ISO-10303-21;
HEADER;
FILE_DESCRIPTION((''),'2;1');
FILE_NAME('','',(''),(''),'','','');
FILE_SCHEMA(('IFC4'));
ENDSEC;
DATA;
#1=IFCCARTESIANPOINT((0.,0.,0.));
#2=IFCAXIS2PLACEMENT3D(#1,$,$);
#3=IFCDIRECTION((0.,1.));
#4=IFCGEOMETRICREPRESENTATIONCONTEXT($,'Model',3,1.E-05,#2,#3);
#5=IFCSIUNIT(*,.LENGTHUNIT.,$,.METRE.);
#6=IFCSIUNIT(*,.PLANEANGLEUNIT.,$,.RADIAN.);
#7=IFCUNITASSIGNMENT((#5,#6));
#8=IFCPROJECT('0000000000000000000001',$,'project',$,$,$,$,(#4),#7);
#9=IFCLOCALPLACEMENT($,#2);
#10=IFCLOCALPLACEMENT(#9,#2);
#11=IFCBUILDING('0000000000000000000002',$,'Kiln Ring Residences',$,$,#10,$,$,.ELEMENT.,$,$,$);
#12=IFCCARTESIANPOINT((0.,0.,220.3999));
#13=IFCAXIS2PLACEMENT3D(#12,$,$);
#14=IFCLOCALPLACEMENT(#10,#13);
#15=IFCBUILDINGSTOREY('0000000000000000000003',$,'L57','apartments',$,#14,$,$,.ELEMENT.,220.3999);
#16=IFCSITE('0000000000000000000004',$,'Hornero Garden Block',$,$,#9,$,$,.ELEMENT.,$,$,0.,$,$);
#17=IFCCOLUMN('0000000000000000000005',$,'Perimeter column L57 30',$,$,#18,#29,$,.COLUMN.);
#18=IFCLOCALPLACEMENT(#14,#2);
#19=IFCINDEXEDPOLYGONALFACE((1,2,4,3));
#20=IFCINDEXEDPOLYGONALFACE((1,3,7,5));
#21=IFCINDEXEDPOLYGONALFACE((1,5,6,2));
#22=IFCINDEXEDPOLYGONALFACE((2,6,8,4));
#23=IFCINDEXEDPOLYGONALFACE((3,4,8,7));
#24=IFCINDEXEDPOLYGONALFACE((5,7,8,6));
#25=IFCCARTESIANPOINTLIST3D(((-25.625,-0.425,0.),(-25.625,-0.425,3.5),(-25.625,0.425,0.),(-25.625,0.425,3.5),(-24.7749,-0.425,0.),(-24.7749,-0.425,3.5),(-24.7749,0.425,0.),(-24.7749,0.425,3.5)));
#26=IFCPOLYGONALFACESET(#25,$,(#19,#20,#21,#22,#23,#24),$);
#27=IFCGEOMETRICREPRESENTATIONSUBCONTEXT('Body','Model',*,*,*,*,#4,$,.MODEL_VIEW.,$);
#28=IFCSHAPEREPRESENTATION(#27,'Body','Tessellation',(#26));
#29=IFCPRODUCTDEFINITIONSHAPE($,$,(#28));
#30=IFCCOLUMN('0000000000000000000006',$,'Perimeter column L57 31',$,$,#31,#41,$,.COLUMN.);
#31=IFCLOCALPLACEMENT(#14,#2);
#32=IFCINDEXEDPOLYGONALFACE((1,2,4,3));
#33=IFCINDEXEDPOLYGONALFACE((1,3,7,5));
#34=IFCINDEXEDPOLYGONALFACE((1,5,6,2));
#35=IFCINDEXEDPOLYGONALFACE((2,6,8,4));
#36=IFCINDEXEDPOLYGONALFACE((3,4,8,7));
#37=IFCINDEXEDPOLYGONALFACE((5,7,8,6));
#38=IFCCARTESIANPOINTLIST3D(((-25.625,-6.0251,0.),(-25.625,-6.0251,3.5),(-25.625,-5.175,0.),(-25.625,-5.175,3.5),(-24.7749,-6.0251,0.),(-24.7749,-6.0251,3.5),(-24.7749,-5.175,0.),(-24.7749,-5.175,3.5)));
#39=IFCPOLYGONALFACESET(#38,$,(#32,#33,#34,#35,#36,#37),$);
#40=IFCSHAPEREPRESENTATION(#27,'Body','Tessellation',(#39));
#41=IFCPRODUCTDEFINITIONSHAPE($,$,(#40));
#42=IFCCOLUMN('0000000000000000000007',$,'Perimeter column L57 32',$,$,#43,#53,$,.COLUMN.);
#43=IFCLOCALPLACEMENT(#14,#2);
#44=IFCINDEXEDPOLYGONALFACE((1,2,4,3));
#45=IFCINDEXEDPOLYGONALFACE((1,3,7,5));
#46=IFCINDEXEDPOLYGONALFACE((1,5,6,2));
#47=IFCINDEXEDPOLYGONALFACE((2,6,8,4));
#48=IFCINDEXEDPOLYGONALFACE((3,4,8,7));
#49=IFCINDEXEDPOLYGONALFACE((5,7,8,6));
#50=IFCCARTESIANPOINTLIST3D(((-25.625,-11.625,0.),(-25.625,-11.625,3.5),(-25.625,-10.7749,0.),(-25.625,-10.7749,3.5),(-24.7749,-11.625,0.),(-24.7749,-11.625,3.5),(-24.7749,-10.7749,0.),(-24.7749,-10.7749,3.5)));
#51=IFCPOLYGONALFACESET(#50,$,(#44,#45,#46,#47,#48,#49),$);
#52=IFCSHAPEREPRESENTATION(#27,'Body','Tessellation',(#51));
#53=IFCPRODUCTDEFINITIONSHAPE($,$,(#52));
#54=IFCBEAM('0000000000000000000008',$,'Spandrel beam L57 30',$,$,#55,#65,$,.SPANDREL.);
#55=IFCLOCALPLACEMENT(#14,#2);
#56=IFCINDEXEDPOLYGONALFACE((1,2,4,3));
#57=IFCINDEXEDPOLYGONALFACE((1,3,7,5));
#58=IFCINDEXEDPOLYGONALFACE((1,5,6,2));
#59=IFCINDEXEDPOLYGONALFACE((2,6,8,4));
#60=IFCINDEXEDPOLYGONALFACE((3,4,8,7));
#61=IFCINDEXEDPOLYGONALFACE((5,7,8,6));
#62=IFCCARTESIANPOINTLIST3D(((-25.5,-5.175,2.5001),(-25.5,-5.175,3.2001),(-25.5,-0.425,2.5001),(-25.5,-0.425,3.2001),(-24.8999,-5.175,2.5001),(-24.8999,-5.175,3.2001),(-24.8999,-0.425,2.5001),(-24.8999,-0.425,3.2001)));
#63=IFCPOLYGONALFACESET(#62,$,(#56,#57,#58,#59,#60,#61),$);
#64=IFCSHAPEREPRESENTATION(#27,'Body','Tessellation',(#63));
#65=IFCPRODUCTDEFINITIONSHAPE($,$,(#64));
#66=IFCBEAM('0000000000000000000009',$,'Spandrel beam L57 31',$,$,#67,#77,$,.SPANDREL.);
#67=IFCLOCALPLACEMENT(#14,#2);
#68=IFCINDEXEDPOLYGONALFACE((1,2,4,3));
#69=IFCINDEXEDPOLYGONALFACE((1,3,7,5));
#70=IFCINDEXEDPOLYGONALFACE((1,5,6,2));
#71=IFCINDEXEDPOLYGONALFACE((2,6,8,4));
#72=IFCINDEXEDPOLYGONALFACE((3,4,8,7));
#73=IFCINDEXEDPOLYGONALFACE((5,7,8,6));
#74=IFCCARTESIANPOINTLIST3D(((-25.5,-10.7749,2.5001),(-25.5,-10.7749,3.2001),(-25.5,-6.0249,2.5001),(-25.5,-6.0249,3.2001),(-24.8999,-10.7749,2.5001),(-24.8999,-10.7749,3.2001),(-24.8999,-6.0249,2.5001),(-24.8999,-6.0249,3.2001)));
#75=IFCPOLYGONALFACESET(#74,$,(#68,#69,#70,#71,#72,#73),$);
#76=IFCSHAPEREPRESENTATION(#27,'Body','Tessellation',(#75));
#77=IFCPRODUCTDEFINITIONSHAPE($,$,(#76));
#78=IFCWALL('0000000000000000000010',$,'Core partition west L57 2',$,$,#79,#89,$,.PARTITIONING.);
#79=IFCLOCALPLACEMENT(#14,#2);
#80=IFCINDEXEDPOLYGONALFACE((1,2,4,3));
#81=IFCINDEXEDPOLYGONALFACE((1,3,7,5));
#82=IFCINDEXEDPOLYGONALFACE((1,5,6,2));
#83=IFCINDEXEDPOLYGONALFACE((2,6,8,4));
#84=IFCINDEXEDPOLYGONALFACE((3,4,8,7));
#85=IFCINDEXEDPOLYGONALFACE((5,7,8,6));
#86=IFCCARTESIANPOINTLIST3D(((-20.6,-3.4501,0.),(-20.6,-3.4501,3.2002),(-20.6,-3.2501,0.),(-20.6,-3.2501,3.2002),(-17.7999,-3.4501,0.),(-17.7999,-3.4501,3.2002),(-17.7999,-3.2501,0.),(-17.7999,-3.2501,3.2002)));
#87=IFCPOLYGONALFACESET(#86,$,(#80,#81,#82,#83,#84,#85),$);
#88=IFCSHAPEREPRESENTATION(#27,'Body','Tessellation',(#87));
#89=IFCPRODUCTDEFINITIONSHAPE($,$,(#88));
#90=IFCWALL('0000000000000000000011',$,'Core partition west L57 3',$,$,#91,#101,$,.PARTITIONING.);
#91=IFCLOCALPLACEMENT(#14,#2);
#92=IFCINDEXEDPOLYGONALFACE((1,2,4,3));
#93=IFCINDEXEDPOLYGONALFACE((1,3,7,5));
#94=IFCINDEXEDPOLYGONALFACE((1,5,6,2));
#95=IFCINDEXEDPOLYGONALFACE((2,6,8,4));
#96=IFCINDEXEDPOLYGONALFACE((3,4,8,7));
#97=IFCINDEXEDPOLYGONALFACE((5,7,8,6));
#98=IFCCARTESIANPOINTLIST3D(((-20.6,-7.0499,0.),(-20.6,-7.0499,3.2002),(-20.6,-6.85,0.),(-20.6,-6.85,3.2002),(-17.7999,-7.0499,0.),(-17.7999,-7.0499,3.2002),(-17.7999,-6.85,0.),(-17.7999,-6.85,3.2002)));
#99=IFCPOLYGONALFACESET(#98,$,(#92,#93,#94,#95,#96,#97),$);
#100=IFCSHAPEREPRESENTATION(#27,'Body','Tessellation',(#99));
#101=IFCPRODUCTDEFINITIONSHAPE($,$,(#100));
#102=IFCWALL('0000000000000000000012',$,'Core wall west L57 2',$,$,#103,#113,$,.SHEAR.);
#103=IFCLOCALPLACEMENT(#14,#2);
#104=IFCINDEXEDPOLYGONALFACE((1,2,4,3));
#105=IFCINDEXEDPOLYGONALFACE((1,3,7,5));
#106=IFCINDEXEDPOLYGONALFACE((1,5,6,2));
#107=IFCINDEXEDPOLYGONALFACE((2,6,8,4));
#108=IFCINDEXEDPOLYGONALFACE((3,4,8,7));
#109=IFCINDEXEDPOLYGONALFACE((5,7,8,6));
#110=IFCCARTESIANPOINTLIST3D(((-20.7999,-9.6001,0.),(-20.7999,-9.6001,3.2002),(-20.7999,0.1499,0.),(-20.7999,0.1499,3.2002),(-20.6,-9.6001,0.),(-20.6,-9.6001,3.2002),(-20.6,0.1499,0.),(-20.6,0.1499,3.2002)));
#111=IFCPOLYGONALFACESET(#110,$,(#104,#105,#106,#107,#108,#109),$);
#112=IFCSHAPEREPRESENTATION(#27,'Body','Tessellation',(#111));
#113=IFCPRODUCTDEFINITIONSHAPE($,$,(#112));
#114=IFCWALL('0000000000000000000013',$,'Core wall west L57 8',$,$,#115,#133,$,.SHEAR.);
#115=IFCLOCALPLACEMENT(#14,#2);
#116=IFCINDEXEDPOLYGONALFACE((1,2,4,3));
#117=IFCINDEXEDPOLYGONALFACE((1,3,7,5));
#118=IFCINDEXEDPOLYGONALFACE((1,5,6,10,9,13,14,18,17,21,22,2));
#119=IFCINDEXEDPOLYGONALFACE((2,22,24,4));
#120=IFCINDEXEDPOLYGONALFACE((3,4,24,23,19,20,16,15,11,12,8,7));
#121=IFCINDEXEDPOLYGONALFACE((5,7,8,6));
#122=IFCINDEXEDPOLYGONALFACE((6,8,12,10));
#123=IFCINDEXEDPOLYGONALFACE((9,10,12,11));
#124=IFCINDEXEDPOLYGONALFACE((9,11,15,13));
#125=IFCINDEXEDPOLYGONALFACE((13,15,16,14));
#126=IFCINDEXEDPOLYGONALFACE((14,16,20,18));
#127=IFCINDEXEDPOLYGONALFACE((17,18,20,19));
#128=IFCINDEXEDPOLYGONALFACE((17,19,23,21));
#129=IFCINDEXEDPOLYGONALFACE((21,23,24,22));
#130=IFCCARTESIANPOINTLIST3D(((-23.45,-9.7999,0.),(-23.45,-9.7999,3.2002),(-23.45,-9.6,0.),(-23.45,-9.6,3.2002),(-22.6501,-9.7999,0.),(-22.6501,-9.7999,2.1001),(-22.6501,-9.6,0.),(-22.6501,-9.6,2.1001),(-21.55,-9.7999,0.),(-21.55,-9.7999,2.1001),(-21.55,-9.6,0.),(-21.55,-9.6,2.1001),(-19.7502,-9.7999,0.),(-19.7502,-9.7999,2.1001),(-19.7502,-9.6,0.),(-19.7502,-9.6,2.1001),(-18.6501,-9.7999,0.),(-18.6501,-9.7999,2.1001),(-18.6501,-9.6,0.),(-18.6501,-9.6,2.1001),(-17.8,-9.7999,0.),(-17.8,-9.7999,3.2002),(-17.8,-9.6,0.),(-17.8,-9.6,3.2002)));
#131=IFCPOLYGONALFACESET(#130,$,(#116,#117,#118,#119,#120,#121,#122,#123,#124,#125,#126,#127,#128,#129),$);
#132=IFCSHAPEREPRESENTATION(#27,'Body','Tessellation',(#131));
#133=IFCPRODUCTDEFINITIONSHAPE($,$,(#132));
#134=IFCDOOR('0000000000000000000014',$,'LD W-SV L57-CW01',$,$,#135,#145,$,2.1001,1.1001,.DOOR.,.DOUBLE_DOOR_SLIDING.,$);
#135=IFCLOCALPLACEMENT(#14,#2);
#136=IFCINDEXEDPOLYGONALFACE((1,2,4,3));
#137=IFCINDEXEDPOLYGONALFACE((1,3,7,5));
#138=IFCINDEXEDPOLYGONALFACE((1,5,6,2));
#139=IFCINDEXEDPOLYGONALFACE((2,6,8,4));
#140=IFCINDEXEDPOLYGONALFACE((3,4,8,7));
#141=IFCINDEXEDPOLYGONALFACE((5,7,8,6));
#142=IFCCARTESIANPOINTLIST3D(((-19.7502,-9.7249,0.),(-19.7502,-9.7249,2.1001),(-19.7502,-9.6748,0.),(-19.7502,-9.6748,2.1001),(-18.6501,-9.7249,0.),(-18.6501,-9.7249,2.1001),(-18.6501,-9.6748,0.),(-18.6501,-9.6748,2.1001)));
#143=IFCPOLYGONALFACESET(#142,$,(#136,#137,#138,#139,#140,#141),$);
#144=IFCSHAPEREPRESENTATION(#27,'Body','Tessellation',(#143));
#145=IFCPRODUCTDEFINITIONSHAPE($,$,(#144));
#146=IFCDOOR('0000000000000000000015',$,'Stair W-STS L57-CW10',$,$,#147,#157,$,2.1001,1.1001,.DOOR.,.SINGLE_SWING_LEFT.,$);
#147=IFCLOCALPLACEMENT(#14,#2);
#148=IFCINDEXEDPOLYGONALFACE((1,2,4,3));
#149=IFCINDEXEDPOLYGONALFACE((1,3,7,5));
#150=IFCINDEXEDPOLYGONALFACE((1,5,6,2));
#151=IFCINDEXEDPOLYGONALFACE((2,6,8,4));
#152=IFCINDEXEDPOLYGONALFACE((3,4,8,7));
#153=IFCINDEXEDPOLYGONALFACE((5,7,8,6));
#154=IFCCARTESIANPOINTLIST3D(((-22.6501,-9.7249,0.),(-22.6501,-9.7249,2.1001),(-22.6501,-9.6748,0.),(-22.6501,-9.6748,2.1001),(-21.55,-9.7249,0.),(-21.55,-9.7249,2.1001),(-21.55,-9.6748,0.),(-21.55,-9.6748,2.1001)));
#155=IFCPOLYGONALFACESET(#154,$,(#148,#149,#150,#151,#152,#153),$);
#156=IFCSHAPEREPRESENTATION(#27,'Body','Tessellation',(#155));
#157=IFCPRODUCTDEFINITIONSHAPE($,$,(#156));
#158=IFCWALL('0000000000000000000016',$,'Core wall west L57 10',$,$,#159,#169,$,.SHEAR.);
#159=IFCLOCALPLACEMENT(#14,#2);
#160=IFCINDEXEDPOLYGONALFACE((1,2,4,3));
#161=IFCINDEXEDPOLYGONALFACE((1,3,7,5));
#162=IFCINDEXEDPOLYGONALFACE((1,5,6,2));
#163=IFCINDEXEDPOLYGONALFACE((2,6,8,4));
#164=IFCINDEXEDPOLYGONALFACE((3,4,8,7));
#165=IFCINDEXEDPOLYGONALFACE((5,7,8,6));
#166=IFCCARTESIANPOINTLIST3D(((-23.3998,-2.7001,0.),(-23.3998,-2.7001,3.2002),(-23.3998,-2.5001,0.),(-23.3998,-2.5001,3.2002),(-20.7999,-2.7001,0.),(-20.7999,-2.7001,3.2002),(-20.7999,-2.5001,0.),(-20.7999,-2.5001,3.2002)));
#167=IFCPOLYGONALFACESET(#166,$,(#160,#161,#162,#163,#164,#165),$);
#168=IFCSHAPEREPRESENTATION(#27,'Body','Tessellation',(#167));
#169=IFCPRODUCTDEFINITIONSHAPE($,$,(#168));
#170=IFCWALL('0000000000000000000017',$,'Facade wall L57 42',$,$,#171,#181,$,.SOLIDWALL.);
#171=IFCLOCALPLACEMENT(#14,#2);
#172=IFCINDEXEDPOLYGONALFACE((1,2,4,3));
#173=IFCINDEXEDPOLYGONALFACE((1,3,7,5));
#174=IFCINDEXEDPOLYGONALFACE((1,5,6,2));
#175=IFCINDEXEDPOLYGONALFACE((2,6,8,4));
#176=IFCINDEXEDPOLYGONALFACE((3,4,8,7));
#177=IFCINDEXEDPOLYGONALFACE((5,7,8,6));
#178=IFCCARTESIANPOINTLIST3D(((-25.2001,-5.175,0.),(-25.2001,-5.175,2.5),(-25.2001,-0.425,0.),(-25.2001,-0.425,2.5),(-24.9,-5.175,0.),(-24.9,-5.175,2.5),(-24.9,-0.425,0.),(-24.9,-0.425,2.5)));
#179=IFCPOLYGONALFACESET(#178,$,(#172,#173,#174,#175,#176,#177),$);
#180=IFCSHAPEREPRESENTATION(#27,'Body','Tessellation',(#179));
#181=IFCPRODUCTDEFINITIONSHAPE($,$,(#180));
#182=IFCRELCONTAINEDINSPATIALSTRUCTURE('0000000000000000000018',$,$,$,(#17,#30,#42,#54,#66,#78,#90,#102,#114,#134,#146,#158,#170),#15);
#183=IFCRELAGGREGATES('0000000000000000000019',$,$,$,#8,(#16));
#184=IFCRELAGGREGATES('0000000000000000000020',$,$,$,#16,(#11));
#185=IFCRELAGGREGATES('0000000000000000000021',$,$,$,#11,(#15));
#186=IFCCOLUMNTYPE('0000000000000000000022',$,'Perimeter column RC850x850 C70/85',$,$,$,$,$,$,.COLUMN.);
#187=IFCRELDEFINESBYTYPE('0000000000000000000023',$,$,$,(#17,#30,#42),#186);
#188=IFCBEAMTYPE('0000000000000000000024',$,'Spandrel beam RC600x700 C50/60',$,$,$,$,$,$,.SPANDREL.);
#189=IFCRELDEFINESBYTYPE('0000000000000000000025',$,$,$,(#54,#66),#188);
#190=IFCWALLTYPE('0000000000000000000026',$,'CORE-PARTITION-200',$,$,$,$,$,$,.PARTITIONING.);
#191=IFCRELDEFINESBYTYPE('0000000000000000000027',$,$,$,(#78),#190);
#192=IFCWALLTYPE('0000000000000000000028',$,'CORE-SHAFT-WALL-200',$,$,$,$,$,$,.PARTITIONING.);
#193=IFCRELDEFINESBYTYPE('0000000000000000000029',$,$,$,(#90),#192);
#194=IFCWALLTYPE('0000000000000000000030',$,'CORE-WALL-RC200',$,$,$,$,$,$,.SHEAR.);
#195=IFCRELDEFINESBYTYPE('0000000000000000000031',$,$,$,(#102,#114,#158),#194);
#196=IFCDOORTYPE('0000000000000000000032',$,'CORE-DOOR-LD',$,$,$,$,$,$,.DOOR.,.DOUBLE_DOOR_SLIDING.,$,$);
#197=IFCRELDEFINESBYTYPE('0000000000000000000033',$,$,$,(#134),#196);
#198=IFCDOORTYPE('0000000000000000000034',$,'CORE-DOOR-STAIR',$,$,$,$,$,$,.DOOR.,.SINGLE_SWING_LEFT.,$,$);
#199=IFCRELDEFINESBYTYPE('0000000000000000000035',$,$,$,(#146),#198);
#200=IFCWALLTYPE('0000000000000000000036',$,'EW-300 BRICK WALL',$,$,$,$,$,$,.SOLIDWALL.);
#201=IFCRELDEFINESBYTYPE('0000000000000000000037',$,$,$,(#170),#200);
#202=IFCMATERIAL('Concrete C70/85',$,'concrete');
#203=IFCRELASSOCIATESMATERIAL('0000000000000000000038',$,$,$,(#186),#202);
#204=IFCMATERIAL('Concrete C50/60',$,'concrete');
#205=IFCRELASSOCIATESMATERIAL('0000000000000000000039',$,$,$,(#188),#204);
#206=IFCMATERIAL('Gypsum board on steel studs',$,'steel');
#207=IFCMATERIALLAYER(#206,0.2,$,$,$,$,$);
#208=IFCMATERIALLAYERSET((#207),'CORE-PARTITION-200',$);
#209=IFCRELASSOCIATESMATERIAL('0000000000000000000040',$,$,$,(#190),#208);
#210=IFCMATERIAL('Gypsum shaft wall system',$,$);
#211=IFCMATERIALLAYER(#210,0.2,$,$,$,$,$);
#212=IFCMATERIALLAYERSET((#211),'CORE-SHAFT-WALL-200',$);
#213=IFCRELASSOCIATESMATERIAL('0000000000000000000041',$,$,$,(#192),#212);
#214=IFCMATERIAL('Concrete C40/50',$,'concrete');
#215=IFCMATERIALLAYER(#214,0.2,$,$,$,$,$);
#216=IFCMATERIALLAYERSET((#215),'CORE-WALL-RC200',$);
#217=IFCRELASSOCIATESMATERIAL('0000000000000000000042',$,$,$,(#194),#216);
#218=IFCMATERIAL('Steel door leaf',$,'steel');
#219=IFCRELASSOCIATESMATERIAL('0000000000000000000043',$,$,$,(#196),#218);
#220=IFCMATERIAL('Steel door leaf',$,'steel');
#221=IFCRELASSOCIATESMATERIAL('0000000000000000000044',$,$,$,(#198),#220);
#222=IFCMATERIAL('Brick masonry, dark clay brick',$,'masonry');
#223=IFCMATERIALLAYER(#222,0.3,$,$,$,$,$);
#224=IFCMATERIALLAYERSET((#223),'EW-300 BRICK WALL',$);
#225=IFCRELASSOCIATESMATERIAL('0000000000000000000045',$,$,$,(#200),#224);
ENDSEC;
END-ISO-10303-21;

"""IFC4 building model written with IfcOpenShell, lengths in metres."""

from ifc_helpers import new_model, si_unit, direction, frame, frame_2d, origin, origin_2d, place, context, subcontext, project, spatial, rectangle, extrude, material, layer, layer_set, material_profile, profile_set, type_object, element, fill, save


model = new_model("IFC4")

# Units and contexts
model_context = context("Model", 3, precision=1e-05, world=origin(), true_north=direction((0.0, 1.0)))
body_context = subcontext(model_context, "Body", "Model", "MODEL_VIEW")
ifc_project = project(units=[si_unit("LENGTHUNIT", "METRE"), si_unit("PLANEANGLEUNIT", "RADIAN")], contexts=[model_context])

# Site, building, storey
site_placement = place(None, origin())
site = spatial("IfcSite", under=ifc_project, at=site_placement, Name="Hornero Garden Block", CompositionType="ELEMENT", RefElevation=0.0)
building_placement = place(site_placement, origin())
building = spatial("IfcBuilding", under=site, at=building_placement, Name="Kiln Ring Residences", CompositionType="ELEMENT")
storey_placement = place(building_placement, frame((0.0, 0.0, 220.3999)))
storey = spatial("IfcBuildingStorey", under=building, at=storey_placement, Name="L57", Description="apartments", CompositionType="ELEMENT", Elevation=220.3999)

# Columns
ifc_material_1 = material(Name="Concrete C70/85", Category="concrete")
ifc_material_profile_1 = material_profile(ifc_material_1, rectangle(XDim=0.8501, YDim=0.8501, at=origin_2d()), Name="RC850x850")
ifc_profile_set_1 = profile_set([ifc_material_profile_1], Name="Concrete C70/85")
column_type = type_object("IfcColumnType", Name="Perimeter column RC850x850 C70/85", PredefinedType="COLUMN", material=ifc_profile_set_1)
for number, where, z_axis, x_axis, name in (
    (1, (-25.2, 0.0, 0.0), (0.0, 0.0, 1.0), (1.0, 0.0, 0.0), "Perimeter column L57 30"),
    (2, (-25.2, -5.6001, 0.0), (0.0, 0.0, 1.0), (1.0, 0.0, 0.0), "Perimeter column L57 31"),
    (3, (-25.2, -11.2, 0.0), (0.0, 0.0, 1.0), (1.0, 0.0, 0.0), "Perimeter column L57 32"),
):
    element("IfcColumn", number, at=place(storey_placement, frame(where, z_axis=z_axis, x_axis=x_axis)), inside=storey, type_object=column_type, Name=name, PredefinedType="COLUMN", context=body_context, shape_type="SweptSolid", body=[
        extrude(rectangle(XDim=0.8501, YDim=0.8501, at=origin_2d()), origin(), (0.0, 0.0, 1.0), 3.5),
    ])

# Beams
ifc_material_2 = material(Name="Concrete C50/60", Category="concrete")
ifc_material_profile_2 = material_profile(ifc_material_2, rectangle(XDim=0.6001, YDim=0.7, at=origin_2d()), Name="RC600x700")
ifc_profile_set_2 = profile_set([ifc_material_profile_2], Name="Concrete C50/60")
beam_type = type_object("IfcBeamType", Name="Spandrel beam RC600x700 C50/60", PredefinedType="SPANDREL", material=ifc_profile_set_2)
for number, where, z_axis, x_axis, name in (
    (4, (-25.2, -0.425, 2.8501), (0.0, -1.0, 0.0), (1.0, 0.0, 0.0), "Spandrel beam L57 30"),
    (5, (-25.2, -6.0249, 2.8501), (0.0, -1.0, 0.0), (1.0, 0.0, 0.0), "Spandrel beam L57 31"),
):
    element("IfcBeam", number, at=place(storey_placement, frame(where, z_axis=z_axis, x_axis=x_axis)), inside=storey, type_object=beam_type, Name=name, PredefinedType="SPANDREL", context=body_context, shape_type="SweptSolid", body=[
        extrude(rectangle(XDim=0.6001, YDim=0.7, at=origin_2d()), origin(), (0.0, 0.0, 1.0), 4.75),
    ])

# Walls
ifc_material_3 = material(Name="Gypsum board on steel studs", Category="steel")
ifc_layer_1 = layer(ifc_material_3, 0.2)
ifc_layer_set_1 = layer_set([ifc_layer_1], Name="CORE-PARTITION-200")
wall_type_1 = type_object("IfcWallType", Name="CORE-PARTITION-200", PredefinedType="PARTITIONING", material=ifc_layer_set_1)
wall_1_placement = place(storey_placement, frame((-17.8, -3.3501, 0.0), z_axis=(0.0, 0.0, 1.0), x_axis=(-1.0, 0.0, 0.0)))
element("IfcWall", 6, at=wall_1_placement, inside=storey, type_object=wall_type_1, Name="Core partition west L57 2", PredefinedType="PARTITIONING", context=body_context, shape_type="SweptSolid", body=[
    extrude(rectangle(XDim=2.8, YDim=0.2, at=frame_2d((1.3999, 0.0))), origin(), (0.0, 0.0, 1.0), 3.2002),
])
ifc_material_4 = material(Name="Gypsum shaft wall system")
ifc_layer_2 = layer(ifc_material_4, 0.2)
ifc_layer_set_2 = layer_set([ifc_layer_2], Name="CORE-SHAFT-WALL-200")
wall_type_2 = type_object("IfcWallType", Name="CORE-SHAFT-WALL-200", PredefinedType="PARTITIONING", material=ifc_layer_set_2)
wall_2_placement = place(storey_placement, frame((-17.8, -6.95, 0.0), z_axis=(0.0, 0.0, 1.0), x_axis=(-1.0, 0.0, 0.0)))
element("IfcWall", 7, at=wall_2_placement, inside=storey, type_object=wall_type_2, Name="Core partition west L57 3", PredefinedType="PARTITIONING", context=body_context, shape_type="SweptSolid", body=[
    extrude(rectangle(XDim=2.8, YDim=0.2, at=frame_2d((1.3999, 0.0))), origin(), (0.0, 0.0, 1.0), 3.2002),
])
ifc_material_5 = material(Name="Concrete C40/50", Category="concrete")
ifc_layer_3 = layer(ifc_material_5, 0.2)
ifc_layer_set_3 = layer_set([ifc_layer_3], Name="CORE-WALL-RC200")
wall_type_3 = type_object("IfcWallType", Name="CORE-WALL-RC200", PredefinedType="SHEAR", material=ifc_layer_set_3)
wall_3_placement = place(storey_placement, frame((-20.7, -9.6001, 0.0), z_axis=(0.0, 0.0, 1.0), x_axis=(0.0, 1.0, 0.0)))
element("IfcWall", 8, at=wall_3_placement, inside=storey, type_object=wall_type_3, Name="Core wall west L57 2", PredefinedType="SHEAR", context=body_context, shape_type="SweptSolid", body=[
    extrude(rectangle(XDim=9.75, YDim=0.2, at=frame_2d((4.875, 0.0))), origin(), (0.0, 0.0, 1.0), 3.2002),
])

# Wall, openings, doors
wall_4_placement = place(storey_placement, frame((-17.8, -9.7, 0.0), z_axis=(0.0, 0.0, 1.0), x_axis=(-1.0, 0.0, 0.0)))
wall_4 = element("IfcWall", 9, at=wall_4_placement, inside=storey, type_object=wall_type_3, Name="Core wall west L57 8", PredefinedType="SHEAR", context=body_context, shape_type="SweptSolid", body=[
    extrude(rectangle(XDim=5.6499, YDim=0.2, at=frame_2d((2.825, 0.0))), origin(), (0.0, 0.0, 1.0), 3.2002),
])
opening_1_placement = place(wall_4_placement, frame((0.8501, 0.0, 0.0)))
opening_1 = element("IfcOpeningElement", 10, at=opening_1_placement, cuts=wall_4, PredefinedType="OPENING", context=body_context, shape_type="SweptSolid", body=[
    extrude(rectangle(XDim=1.1001, YDim=2.1001, at=frame_2d((0.55, 1.05))), frame((0.0, 0.1099, 0.0), z_axis=(0.0, -1.0, 0.0), x_axis=(1.0, 0.0, 0.0)), (0.0, 0.0, 1.0), 0.22),
])
opening_2_placement = place(wall_4_placement, frame((3.75, 0.0, 0.0)))
opening_2 = element("IfcOpeningElement", 11, at=opening_2_placement, cuts=wall_4, PredefinedType="OPENING", context=body_context, shape_type="SweptSolid", body=[
    extrude(rectangle(XDim=1.1001, YDim=2.1001, at=frame_2d((0.55, 1.05))), frame((0.0, 0.1099, 0.0), z_axis=(0.0, -1.0, 0.0), x_axis=(1.0, 0.0, 0.0)), (0.0, 0.0, 1.0), 0.22),
])
ifc_material_6 = material(Name="Steel door leaf", Category="steel")
door_type_1 = type_object("IfcDoorType", Name="CORE-DOOR-LD", OperationType="DOUBLE_DOOR_SLIDING", PredefinedType="DOOR", material=ifc_material_6)
door_1_placement = place(opening_1_placement, origin())
door_1 = element("IfcDoor", 12, at=door_1_placement, inside=storey, type_object=door_type_1, Name="LD W-SV L57-CW01", OperationType="DOUBLE_DOOR_SLIDING", OverallHeight=2.1001, OverallWidth=1.1001, PredefinedType="DOOR", context=body_context, shape_type="SweptSolid", body=[
    extrude(rectangle(XDim=1.1001, YDim=2.1001, at=frame_2d((0.55, 1.05))), frame((0.0, 0.0249, 0.0), z_axis=(0.0, -1.0, 0.0), x_axis=(1.0, 0.0, 0.0)), (0.0, 0.0, 1.0), 0.05),
])
fill(opening_1, door_1)
ifc_material_7 = material(Name="Steel door leaf", Category="steel")
door_type_2 = type_object("IfcDoorType", Name="CORE-DOOR-STAIR", OperationType="SINGLE_SWING_LEFT", PredefinedType="DOOR", material=ifc_material_7)
door_2_placement = place(opening_2_placement, origin())
door_2 = element("IfcDoor", 13, at=door_2_placement, inside=storey, type_object=door_type_2, Name="Stair W-STS L57-CW10", OperationType="SINGLE_SWING_LEFT", OverallHeight=2.1001, OverallWidth=1.1001, PredefinedType="DOOR", context=body_context, shape_type="SweptSolid", body=[
    extrude(rectangle(XDim=1.1001, YDim=2.1001, at=frame_2d((0.55, 1.05))), frame((0.0, 0.0249, 0.0), z_axis=(0.0, -1.0, 0.0), x_axis=(1.0, 0.0, 0.0)), (0.0, 0.0, 1.0), 0.05),
])
fill(opening_2, door_2)

# Walls
wall_5_placement = place(storey_placement, frame((-20.8, -2.6001, 0.0), z_axis=(0.0, 0.0, 1.0), x_axis=(-1.0, 0.0, 0.0)))
element("IfcWall", 14, at=wall_5_placement, inside=storey, type_object=wall_type_3, Name="Core wall west L57 10", PredefinedType="SHEAR", context=body_context, shape_type="SweptSolid", body=[
    extrude(rectangle(XDim=2.5999, YDim=0.2, at=frame_2d((1.2998, 0.0))), origin(), (0.0, 0.0, 1.0), 3.2002),
])
ifc_material_8 = material(Name="Brick masonry, dark clay brick", Category="masonry")
ifc_layer_4 = layer(ifc_material_8, 0.3)
ifc_layer_set_4 = layer_set([ifc_layer_4], Name="EW-300 BRICK WALL")
wall_type_4 = type_object("IfcWallType", Name="EW-300 BRICK WALL", PredefinedType="SOLIDWALL", material=ifc_layer_set_4)
for number, where, z_axis, x_axis, name in (
    (15, (-25.05, -0.425, 0.0), (0.0, 0.0, 1.0), (0.0, -1.0, 0.0), "Facade wall L57 42"),
):
    element("IfcWall", number, at=place(storey_placement, frame(where, z_axis=z_axis, x_axis=x_axis)), inside=storey, type_object=wall_type_4, Name=name, PredefinedType="SOLIDWALL", context=body_context, shape_type="SweptSolid", body=[
        extrude(rectangle(XDim=4.75, YDim=0.3, at=frame_2d((2.375, 0.0))), origin(), (0.0, 0.0, 1.0), 2.5),
    ])

save(model, "model.ifc")
